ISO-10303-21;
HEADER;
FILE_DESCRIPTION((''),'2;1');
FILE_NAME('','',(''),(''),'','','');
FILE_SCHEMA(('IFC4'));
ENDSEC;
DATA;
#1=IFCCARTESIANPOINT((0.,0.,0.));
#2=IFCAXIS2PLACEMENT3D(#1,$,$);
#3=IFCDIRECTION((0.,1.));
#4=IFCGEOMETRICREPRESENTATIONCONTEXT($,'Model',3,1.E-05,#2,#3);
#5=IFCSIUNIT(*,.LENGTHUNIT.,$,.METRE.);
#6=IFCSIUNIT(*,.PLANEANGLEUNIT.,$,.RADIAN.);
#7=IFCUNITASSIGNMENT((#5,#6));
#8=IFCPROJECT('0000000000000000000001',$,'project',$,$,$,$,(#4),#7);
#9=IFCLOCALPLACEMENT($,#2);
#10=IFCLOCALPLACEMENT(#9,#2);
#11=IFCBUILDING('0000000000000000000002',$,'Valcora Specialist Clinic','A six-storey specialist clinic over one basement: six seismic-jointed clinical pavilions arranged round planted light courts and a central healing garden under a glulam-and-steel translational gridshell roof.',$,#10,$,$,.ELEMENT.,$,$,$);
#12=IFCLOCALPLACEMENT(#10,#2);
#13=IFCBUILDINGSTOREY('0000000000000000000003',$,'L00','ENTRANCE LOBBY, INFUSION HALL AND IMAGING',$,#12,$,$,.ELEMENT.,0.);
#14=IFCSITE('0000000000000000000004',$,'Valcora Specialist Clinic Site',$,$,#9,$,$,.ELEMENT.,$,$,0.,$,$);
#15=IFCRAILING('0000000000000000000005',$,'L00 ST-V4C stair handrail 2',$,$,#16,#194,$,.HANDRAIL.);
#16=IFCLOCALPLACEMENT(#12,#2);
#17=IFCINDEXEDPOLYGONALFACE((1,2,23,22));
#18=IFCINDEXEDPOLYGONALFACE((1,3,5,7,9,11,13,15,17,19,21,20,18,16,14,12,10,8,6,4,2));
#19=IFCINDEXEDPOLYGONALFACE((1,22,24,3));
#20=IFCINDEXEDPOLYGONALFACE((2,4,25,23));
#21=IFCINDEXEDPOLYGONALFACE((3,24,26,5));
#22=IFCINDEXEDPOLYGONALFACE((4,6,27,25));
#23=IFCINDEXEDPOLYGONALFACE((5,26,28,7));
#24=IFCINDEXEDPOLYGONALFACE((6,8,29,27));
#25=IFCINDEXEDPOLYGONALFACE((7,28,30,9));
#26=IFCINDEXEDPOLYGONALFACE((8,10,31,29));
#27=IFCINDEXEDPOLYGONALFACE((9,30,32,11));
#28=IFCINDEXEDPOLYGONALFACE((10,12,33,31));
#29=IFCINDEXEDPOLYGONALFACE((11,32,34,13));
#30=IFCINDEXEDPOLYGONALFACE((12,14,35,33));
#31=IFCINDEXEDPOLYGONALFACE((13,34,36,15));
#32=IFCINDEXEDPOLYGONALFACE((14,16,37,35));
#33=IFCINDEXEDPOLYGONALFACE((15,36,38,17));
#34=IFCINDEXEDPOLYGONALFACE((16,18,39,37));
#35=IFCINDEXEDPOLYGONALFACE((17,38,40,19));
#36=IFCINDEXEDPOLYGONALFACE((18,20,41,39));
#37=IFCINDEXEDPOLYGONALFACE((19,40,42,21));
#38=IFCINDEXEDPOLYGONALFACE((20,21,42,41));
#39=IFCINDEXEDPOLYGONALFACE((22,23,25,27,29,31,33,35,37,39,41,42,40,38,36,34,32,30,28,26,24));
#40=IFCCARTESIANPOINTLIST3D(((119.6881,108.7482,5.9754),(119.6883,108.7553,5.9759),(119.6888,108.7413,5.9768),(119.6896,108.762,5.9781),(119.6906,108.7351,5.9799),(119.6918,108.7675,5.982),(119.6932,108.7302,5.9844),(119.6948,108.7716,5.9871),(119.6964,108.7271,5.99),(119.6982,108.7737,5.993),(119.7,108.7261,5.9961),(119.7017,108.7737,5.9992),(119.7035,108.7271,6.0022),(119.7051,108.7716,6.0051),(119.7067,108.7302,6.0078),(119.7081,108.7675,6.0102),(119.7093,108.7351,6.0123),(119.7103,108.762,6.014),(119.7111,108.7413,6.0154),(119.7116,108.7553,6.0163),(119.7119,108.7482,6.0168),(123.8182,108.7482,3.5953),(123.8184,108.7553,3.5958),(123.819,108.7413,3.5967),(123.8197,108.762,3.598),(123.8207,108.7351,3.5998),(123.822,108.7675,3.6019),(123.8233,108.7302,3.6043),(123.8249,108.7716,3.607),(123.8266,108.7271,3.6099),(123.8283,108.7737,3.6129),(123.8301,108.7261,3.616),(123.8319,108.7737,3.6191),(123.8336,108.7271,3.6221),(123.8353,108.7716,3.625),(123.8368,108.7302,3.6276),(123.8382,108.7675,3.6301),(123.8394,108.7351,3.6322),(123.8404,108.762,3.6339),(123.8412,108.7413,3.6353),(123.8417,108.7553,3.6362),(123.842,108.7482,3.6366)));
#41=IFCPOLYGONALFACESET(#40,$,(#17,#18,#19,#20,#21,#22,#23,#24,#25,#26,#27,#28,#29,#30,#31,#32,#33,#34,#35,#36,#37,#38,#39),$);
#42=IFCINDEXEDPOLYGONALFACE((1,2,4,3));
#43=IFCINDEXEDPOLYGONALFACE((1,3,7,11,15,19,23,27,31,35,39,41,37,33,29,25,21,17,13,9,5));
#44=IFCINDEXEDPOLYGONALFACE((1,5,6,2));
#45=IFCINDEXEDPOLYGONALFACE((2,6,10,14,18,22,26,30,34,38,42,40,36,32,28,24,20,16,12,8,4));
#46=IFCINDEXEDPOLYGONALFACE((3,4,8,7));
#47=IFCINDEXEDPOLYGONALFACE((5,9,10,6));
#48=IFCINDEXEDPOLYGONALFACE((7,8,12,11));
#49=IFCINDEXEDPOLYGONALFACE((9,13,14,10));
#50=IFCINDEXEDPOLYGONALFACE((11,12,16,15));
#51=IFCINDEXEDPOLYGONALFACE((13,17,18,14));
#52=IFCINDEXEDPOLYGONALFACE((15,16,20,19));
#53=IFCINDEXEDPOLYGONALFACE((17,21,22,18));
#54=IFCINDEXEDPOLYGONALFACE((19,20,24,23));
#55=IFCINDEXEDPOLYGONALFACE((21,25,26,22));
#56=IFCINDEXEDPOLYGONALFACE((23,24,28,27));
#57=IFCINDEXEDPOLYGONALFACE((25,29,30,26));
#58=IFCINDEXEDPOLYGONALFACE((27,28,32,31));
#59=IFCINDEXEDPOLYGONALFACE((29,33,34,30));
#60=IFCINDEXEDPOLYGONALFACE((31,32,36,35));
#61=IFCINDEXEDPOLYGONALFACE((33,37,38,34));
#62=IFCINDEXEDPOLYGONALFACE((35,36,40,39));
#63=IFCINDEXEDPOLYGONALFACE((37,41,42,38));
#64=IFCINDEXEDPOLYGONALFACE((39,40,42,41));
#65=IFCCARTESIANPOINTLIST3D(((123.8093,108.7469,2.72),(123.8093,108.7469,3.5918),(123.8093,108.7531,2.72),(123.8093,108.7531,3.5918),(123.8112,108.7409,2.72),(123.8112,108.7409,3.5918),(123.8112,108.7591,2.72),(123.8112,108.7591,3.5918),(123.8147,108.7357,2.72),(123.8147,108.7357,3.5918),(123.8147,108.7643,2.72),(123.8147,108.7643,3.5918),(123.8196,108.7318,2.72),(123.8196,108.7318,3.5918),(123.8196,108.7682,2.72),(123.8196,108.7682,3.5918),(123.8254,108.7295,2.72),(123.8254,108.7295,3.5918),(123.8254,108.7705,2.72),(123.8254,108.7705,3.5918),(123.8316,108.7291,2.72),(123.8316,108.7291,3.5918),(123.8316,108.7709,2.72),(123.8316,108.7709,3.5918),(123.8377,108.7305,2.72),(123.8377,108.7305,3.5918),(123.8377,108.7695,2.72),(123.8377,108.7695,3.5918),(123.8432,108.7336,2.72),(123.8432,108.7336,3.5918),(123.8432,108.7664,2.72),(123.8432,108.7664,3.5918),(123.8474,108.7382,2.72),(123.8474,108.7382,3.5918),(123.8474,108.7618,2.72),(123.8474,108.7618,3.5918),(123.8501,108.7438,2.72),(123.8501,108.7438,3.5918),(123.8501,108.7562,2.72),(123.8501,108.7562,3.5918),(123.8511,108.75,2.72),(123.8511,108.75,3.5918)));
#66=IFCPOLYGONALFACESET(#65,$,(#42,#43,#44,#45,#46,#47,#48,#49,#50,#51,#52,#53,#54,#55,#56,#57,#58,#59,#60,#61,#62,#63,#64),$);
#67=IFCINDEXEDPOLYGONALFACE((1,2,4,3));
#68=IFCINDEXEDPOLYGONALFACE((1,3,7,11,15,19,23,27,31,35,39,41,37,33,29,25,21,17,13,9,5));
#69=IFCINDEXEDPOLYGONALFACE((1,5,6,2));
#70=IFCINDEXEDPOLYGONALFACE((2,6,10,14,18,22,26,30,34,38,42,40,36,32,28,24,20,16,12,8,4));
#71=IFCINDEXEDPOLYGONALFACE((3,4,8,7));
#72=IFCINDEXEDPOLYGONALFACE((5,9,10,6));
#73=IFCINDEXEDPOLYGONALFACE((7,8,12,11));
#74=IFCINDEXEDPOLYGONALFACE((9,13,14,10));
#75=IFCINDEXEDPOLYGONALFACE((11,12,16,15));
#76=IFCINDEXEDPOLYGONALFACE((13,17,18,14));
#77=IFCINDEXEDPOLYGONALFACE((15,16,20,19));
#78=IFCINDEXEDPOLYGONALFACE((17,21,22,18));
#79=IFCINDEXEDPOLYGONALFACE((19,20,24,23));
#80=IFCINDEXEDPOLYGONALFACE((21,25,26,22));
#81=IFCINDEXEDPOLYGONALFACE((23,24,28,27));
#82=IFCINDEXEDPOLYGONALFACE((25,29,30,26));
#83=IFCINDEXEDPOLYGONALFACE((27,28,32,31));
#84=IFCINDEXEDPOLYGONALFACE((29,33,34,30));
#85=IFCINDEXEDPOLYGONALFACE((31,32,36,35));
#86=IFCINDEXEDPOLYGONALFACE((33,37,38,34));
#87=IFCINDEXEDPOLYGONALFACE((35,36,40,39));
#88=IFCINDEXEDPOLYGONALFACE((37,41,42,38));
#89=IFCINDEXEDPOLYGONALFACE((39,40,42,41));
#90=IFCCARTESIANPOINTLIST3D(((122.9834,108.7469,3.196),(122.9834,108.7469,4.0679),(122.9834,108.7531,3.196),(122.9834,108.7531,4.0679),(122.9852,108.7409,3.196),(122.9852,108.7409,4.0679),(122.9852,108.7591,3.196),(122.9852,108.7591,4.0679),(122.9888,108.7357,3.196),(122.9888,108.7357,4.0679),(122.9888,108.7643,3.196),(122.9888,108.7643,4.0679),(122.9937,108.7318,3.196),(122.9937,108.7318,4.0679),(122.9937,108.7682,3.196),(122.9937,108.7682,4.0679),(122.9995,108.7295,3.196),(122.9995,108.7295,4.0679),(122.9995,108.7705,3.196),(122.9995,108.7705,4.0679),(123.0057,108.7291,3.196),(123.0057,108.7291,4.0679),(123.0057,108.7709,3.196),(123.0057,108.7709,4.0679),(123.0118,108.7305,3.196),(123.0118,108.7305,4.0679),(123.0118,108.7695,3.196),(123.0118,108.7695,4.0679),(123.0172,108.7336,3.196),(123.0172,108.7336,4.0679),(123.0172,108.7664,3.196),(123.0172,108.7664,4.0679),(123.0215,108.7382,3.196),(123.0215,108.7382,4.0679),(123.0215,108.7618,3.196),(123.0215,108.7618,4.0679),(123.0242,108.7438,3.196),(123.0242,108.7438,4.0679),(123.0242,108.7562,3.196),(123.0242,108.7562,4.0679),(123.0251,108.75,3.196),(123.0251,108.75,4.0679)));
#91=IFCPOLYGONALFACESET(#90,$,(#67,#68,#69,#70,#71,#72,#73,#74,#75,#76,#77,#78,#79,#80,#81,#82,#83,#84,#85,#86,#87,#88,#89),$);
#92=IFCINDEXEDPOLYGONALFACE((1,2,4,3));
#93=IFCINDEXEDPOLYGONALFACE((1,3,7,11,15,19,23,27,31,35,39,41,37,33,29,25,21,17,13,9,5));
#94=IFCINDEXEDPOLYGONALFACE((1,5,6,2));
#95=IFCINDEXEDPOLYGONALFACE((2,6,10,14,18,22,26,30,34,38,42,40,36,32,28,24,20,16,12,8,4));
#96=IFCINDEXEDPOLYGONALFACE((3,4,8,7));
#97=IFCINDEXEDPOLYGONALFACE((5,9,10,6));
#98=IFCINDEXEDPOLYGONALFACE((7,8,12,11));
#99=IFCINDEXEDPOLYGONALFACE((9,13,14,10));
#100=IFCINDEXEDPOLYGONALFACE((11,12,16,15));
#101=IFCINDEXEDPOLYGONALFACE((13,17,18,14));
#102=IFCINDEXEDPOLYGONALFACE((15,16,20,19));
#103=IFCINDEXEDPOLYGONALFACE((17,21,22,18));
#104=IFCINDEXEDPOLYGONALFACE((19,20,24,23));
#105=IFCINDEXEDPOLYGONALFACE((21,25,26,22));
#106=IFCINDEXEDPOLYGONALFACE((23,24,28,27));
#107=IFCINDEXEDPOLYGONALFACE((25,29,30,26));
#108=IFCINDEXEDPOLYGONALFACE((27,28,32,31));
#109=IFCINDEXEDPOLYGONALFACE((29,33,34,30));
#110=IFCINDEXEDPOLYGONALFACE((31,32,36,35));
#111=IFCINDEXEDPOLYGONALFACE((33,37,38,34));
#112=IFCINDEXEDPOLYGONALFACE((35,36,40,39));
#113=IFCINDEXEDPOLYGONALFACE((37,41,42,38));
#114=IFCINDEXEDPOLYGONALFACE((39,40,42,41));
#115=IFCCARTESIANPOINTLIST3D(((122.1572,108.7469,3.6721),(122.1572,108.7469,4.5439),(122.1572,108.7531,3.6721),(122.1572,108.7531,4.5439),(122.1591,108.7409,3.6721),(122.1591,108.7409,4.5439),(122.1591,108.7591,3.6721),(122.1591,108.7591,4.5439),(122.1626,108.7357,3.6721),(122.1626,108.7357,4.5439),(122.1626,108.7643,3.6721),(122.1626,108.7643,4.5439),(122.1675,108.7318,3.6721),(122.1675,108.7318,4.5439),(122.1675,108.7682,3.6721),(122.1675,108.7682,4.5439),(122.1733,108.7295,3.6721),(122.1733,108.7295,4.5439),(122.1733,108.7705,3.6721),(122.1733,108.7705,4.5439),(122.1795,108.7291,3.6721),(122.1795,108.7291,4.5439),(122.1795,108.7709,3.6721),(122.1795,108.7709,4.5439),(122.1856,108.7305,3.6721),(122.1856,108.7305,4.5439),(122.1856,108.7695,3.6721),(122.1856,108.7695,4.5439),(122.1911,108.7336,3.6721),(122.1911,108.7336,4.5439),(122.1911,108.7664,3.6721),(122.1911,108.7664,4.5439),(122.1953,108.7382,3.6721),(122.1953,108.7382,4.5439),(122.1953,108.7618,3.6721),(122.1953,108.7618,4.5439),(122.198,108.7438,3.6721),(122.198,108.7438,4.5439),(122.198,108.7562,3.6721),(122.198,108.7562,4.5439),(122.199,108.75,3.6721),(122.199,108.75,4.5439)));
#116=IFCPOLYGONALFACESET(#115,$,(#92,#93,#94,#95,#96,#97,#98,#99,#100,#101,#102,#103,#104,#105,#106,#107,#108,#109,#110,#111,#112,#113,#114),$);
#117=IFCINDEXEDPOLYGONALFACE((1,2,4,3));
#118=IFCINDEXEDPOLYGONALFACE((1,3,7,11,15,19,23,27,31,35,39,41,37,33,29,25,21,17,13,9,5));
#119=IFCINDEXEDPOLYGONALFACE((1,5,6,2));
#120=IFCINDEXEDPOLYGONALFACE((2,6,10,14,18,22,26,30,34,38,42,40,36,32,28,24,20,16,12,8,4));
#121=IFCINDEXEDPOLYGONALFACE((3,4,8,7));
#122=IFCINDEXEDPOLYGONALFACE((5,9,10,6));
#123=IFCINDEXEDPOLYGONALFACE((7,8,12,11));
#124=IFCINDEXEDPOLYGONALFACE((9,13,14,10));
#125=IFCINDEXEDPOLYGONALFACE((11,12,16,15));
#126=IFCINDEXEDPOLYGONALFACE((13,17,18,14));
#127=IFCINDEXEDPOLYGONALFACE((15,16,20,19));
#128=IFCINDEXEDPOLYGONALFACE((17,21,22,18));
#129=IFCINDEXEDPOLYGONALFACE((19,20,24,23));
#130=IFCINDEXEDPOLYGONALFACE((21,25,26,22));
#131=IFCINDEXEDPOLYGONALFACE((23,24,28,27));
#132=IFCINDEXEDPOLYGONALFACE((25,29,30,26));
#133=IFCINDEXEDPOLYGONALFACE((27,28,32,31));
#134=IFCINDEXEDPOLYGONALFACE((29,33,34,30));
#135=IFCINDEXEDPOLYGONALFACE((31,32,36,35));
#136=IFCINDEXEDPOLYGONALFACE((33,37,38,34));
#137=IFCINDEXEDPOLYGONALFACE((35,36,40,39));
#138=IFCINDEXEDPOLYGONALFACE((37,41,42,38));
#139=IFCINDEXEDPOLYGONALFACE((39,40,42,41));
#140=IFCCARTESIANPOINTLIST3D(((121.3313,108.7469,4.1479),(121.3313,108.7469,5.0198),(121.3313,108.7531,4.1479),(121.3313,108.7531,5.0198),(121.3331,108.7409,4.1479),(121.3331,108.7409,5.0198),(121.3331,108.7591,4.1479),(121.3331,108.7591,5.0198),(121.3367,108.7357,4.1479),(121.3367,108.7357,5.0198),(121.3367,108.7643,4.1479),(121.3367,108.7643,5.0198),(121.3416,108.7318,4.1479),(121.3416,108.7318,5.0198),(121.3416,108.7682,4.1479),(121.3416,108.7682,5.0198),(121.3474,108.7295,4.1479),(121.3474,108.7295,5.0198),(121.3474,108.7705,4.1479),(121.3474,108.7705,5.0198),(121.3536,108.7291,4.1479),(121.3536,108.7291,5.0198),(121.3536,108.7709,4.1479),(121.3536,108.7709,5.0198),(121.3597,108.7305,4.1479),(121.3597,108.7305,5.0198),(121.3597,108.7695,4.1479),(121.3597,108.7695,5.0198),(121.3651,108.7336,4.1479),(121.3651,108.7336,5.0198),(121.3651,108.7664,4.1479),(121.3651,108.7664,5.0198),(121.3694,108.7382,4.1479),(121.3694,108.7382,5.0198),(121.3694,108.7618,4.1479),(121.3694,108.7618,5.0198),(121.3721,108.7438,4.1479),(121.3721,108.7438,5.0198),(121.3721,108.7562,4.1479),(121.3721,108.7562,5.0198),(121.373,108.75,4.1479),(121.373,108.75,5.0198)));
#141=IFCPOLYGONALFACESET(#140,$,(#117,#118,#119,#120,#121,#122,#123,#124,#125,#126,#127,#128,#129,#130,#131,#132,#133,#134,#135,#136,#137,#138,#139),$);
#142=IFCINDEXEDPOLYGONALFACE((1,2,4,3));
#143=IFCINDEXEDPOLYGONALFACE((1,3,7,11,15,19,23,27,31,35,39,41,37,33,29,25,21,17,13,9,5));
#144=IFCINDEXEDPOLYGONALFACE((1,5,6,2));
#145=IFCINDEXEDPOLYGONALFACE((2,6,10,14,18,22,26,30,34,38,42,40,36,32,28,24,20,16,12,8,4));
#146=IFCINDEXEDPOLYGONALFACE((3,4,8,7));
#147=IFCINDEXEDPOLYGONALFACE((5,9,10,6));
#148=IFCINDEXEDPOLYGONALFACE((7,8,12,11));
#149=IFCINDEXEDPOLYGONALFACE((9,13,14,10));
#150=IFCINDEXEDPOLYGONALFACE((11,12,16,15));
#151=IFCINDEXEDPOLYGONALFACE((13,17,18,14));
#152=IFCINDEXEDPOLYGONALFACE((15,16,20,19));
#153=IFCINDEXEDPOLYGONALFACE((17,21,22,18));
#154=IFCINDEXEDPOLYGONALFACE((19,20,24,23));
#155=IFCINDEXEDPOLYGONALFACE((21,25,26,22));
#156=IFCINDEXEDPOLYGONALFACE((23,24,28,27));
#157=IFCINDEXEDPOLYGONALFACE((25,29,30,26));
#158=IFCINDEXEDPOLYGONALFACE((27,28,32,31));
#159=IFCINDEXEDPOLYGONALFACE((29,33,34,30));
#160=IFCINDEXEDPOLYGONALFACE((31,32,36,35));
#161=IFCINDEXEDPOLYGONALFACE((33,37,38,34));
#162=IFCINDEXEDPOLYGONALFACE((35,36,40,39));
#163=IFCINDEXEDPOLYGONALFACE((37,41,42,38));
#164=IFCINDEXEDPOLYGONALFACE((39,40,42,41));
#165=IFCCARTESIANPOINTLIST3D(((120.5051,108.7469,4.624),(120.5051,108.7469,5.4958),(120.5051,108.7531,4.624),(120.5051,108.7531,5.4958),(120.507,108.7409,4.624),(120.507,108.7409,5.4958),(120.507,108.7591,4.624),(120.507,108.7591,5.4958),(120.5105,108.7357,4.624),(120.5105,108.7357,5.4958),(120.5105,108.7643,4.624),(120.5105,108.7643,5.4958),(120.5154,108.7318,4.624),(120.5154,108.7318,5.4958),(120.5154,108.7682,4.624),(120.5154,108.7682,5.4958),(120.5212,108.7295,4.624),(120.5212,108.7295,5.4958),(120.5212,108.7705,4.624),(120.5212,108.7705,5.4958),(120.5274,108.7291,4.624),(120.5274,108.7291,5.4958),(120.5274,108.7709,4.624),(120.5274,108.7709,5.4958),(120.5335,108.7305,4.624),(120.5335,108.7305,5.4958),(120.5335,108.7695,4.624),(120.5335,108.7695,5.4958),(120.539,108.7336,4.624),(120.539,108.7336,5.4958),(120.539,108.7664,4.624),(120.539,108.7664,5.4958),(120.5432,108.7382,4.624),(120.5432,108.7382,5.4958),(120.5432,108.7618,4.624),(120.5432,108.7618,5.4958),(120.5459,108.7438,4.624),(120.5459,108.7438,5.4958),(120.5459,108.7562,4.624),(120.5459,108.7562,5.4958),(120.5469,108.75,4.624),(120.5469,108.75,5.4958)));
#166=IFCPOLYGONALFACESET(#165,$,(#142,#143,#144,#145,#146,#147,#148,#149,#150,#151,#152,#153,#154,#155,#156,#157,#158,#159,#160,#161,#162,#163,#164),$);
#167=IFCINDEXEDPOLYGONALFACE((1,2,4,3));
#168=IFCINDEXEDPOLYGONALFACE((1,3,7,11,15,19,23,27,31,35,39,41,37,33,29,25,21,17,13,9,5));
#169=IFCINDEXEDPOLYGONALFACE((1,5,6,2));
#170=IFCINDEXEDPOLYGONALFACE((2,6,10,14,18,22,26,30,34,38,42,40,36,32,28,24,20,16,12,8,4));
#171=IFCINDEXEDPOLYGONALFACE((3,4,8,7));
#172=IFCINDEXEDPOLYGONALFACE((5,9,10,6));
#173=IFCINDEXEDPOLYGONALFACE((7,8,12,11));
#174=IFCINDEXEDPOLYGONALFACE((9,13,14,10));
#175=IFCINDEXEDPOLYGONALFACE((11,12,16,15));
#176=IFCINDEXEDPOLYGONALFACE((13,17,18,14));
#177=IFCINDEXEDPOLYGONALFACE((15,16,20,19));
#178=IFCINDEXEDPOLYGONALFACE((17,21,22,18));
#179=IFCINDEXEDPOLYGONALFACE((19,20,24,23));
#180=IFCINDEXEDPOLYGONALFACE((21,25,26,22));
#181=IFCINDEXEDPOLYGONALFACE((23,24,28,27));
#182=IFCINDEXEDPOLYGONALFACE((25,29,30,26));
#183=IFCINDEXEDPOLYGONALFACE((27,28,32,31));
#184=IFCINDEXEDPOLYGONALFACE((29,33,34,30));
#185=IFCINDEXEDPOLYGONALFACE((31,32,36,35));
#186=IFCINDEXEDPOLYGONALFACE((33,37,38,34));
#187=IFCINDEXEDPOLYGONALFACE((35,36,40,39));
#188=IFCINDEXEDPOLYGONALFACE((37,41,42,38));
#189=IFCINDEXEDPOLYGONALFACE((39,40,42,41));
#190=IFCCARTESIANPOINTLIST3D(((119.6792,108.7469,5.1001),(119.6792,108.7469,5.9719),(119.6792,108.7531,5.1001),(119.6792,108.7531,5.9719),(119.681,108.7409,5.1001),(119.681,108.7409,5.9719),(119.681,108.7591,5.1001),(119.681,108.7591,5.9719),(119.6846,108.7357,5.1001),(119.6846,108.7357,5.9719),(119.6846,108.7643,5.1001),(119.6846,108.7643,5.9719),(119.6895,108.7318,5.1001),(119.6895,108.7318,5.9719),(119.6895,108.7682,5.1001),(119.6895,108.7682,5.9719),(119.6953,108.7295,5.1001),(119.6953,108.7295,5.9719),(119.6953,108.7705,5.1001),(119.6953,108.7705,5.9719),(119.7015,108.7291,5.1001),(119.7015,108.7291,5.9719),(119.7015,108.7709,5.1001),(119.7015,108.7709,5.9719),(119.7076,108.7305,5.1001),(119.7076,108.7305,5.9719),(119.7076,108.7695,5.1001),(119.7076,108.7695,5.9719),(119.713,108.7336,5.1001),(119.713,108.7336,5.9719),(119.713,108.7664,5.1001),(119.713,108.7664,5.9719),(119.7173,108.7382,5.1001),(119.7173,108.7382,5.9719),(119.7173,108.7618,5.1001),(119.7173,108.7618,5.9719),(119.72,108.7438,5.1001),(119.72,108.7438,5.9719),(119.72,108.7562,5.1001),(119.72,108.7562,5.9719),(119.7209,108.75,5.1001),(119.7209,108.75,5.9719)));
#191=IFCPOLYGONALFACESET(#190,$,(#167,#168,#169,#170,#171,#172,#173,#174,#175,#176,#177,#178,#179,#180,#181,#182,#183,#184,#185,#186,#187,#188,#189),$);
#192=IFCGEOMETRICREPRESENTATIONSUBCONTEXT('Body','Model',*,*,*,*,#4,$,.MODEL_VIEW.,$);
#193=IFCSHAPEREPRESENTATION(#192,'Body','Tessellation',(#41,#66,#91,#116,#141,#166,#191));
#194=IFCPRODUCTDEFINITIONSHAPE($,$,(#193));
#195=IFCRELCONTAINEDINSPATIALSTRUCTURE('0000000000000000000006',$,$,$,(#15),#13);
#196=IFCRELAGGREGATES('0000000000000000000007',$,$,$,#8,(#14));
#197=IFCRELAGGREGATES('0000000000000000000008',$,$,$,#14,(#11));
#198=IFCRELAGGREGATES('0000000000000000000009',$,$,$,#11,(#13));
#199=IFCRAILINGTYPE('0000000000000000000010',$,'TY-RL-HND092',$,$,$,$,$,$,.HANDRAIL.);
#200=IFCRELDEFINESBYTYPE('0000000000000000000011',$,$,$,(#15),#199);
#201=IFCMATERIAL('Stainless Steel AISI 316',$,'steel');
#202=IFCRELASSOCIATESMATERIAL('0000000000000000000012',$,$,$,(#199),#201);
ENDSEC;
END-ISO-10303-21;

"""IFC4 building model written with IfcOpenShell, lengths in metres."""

from ifc_helpers import new_model, si_unit, direction, frame, origin, origin_2d, place, context, subcontext, project, spatial, circle, extrude, material, type_object, element, save


model = new_model("IFC4")

# Units and contexts
model_context = context("Model", 3, precision=1e-05, world=origin(), true_north=direction((0.0, 1.0)))
body_context = subcontext(model_context, "Body", "Model", "MODEL_VIEW")
ifc_project = project(units=[si_unit("LENGTHUNIT", "METRE"), si_unit("PLANEANGLEUNIT", "RADIAN")], contexts=[model_context])

# Site, building, storey
site_placement = place(None, origin())
site = spatial("IfcSite", under=ifc_project, at=site_placement, Name="Valcora Specialist Clinic Site", CompositionType="ELEMENT", RefElevation=0.0)
building_placement = place(site_placement, origin())
building = spatial("IfcBuilding", under=site, at=building_placement, Name="Valcora Specialist Clinic", Description="A six-storey specialist clinic over one basement: six seismic-jointed clinical pavilions arranged round planted light courts and a central healing garden under a glulam-and-steel translational gridshell roof.", CompositionType="ELEMENT")
storey_placement = place(building_placement, origin())
storey = spatial("IfcBuildingStorey", under=building, at=storey_placement, Name="L00", Description="ENTRANCE LOBBY, INFUSION HALL AND IMAGING", CompositionType="ELEMENT", Elevation=0.0)

# Railing
ifc_material_1 = material(Name="Stainless Steel AISI 316", Category="steel")
railing_type_1 = type_object("IfcRailingType", Name="TY-RL-HND092", PredefinedType="HANDRAIL", material=ifc_material_1)
railing_1_placement = place(storey_placement, frame((123.8301, 108.75, 2.72)))
element("IfcRailing", 1, at=railing_1_placement, inside=storey, type_object=railing_type_1, Name="L00 ST-V4C stair handrail 2", PredefinedType="HANDRAIL", context=body_context, shape_type="SweptSolid", body=[
    extrude(circle(Radius=0.0239, at=origin_2d()), frame((0.0, 0.0, 0.896), z_axis=(-0.866425, 0.0, 0.499307), x_axis=(0.0, -1.0, 0.0)), (0.0, 0.0, 1.0), 4.7668),
    extrude(circle(Radius=0.021, at=origin_2d()), origin(), (0.0, 0.0, 1.0), 0.8718),
    extrude(circle(Radius=0.021, at=origin_2d()), frame((-0.8259, 0.0, 0.4761)), (0.0, 0.0, 1.0), 0.8718),
    extrude(circle(Radius=0.021, at=origin_2d()), frame((-1.6521, 0.0, 0.9521)), (0.0, 0.0, 1.0), 0.8718),
    extrude(circle(Radius=0.021, at=origin_2d()), frame((-2.478, 0.0, 1.428)), (0.0, 0.0, 1.0), 0.8718),
    extrude(circle(Radius=0.021, at=origin_2d()), frame((-3.3042, 0.0, 1.9041)), (0.0, 0.0, 1.0), 0.8718),
    extrude(circle(Radius=0.021, at=origin_2d()), frame((-4.1301, 0.0, 2.3801)), (0.0, 0.0, 1.0), 0.8718),
])

save(model, "model.ifc")
